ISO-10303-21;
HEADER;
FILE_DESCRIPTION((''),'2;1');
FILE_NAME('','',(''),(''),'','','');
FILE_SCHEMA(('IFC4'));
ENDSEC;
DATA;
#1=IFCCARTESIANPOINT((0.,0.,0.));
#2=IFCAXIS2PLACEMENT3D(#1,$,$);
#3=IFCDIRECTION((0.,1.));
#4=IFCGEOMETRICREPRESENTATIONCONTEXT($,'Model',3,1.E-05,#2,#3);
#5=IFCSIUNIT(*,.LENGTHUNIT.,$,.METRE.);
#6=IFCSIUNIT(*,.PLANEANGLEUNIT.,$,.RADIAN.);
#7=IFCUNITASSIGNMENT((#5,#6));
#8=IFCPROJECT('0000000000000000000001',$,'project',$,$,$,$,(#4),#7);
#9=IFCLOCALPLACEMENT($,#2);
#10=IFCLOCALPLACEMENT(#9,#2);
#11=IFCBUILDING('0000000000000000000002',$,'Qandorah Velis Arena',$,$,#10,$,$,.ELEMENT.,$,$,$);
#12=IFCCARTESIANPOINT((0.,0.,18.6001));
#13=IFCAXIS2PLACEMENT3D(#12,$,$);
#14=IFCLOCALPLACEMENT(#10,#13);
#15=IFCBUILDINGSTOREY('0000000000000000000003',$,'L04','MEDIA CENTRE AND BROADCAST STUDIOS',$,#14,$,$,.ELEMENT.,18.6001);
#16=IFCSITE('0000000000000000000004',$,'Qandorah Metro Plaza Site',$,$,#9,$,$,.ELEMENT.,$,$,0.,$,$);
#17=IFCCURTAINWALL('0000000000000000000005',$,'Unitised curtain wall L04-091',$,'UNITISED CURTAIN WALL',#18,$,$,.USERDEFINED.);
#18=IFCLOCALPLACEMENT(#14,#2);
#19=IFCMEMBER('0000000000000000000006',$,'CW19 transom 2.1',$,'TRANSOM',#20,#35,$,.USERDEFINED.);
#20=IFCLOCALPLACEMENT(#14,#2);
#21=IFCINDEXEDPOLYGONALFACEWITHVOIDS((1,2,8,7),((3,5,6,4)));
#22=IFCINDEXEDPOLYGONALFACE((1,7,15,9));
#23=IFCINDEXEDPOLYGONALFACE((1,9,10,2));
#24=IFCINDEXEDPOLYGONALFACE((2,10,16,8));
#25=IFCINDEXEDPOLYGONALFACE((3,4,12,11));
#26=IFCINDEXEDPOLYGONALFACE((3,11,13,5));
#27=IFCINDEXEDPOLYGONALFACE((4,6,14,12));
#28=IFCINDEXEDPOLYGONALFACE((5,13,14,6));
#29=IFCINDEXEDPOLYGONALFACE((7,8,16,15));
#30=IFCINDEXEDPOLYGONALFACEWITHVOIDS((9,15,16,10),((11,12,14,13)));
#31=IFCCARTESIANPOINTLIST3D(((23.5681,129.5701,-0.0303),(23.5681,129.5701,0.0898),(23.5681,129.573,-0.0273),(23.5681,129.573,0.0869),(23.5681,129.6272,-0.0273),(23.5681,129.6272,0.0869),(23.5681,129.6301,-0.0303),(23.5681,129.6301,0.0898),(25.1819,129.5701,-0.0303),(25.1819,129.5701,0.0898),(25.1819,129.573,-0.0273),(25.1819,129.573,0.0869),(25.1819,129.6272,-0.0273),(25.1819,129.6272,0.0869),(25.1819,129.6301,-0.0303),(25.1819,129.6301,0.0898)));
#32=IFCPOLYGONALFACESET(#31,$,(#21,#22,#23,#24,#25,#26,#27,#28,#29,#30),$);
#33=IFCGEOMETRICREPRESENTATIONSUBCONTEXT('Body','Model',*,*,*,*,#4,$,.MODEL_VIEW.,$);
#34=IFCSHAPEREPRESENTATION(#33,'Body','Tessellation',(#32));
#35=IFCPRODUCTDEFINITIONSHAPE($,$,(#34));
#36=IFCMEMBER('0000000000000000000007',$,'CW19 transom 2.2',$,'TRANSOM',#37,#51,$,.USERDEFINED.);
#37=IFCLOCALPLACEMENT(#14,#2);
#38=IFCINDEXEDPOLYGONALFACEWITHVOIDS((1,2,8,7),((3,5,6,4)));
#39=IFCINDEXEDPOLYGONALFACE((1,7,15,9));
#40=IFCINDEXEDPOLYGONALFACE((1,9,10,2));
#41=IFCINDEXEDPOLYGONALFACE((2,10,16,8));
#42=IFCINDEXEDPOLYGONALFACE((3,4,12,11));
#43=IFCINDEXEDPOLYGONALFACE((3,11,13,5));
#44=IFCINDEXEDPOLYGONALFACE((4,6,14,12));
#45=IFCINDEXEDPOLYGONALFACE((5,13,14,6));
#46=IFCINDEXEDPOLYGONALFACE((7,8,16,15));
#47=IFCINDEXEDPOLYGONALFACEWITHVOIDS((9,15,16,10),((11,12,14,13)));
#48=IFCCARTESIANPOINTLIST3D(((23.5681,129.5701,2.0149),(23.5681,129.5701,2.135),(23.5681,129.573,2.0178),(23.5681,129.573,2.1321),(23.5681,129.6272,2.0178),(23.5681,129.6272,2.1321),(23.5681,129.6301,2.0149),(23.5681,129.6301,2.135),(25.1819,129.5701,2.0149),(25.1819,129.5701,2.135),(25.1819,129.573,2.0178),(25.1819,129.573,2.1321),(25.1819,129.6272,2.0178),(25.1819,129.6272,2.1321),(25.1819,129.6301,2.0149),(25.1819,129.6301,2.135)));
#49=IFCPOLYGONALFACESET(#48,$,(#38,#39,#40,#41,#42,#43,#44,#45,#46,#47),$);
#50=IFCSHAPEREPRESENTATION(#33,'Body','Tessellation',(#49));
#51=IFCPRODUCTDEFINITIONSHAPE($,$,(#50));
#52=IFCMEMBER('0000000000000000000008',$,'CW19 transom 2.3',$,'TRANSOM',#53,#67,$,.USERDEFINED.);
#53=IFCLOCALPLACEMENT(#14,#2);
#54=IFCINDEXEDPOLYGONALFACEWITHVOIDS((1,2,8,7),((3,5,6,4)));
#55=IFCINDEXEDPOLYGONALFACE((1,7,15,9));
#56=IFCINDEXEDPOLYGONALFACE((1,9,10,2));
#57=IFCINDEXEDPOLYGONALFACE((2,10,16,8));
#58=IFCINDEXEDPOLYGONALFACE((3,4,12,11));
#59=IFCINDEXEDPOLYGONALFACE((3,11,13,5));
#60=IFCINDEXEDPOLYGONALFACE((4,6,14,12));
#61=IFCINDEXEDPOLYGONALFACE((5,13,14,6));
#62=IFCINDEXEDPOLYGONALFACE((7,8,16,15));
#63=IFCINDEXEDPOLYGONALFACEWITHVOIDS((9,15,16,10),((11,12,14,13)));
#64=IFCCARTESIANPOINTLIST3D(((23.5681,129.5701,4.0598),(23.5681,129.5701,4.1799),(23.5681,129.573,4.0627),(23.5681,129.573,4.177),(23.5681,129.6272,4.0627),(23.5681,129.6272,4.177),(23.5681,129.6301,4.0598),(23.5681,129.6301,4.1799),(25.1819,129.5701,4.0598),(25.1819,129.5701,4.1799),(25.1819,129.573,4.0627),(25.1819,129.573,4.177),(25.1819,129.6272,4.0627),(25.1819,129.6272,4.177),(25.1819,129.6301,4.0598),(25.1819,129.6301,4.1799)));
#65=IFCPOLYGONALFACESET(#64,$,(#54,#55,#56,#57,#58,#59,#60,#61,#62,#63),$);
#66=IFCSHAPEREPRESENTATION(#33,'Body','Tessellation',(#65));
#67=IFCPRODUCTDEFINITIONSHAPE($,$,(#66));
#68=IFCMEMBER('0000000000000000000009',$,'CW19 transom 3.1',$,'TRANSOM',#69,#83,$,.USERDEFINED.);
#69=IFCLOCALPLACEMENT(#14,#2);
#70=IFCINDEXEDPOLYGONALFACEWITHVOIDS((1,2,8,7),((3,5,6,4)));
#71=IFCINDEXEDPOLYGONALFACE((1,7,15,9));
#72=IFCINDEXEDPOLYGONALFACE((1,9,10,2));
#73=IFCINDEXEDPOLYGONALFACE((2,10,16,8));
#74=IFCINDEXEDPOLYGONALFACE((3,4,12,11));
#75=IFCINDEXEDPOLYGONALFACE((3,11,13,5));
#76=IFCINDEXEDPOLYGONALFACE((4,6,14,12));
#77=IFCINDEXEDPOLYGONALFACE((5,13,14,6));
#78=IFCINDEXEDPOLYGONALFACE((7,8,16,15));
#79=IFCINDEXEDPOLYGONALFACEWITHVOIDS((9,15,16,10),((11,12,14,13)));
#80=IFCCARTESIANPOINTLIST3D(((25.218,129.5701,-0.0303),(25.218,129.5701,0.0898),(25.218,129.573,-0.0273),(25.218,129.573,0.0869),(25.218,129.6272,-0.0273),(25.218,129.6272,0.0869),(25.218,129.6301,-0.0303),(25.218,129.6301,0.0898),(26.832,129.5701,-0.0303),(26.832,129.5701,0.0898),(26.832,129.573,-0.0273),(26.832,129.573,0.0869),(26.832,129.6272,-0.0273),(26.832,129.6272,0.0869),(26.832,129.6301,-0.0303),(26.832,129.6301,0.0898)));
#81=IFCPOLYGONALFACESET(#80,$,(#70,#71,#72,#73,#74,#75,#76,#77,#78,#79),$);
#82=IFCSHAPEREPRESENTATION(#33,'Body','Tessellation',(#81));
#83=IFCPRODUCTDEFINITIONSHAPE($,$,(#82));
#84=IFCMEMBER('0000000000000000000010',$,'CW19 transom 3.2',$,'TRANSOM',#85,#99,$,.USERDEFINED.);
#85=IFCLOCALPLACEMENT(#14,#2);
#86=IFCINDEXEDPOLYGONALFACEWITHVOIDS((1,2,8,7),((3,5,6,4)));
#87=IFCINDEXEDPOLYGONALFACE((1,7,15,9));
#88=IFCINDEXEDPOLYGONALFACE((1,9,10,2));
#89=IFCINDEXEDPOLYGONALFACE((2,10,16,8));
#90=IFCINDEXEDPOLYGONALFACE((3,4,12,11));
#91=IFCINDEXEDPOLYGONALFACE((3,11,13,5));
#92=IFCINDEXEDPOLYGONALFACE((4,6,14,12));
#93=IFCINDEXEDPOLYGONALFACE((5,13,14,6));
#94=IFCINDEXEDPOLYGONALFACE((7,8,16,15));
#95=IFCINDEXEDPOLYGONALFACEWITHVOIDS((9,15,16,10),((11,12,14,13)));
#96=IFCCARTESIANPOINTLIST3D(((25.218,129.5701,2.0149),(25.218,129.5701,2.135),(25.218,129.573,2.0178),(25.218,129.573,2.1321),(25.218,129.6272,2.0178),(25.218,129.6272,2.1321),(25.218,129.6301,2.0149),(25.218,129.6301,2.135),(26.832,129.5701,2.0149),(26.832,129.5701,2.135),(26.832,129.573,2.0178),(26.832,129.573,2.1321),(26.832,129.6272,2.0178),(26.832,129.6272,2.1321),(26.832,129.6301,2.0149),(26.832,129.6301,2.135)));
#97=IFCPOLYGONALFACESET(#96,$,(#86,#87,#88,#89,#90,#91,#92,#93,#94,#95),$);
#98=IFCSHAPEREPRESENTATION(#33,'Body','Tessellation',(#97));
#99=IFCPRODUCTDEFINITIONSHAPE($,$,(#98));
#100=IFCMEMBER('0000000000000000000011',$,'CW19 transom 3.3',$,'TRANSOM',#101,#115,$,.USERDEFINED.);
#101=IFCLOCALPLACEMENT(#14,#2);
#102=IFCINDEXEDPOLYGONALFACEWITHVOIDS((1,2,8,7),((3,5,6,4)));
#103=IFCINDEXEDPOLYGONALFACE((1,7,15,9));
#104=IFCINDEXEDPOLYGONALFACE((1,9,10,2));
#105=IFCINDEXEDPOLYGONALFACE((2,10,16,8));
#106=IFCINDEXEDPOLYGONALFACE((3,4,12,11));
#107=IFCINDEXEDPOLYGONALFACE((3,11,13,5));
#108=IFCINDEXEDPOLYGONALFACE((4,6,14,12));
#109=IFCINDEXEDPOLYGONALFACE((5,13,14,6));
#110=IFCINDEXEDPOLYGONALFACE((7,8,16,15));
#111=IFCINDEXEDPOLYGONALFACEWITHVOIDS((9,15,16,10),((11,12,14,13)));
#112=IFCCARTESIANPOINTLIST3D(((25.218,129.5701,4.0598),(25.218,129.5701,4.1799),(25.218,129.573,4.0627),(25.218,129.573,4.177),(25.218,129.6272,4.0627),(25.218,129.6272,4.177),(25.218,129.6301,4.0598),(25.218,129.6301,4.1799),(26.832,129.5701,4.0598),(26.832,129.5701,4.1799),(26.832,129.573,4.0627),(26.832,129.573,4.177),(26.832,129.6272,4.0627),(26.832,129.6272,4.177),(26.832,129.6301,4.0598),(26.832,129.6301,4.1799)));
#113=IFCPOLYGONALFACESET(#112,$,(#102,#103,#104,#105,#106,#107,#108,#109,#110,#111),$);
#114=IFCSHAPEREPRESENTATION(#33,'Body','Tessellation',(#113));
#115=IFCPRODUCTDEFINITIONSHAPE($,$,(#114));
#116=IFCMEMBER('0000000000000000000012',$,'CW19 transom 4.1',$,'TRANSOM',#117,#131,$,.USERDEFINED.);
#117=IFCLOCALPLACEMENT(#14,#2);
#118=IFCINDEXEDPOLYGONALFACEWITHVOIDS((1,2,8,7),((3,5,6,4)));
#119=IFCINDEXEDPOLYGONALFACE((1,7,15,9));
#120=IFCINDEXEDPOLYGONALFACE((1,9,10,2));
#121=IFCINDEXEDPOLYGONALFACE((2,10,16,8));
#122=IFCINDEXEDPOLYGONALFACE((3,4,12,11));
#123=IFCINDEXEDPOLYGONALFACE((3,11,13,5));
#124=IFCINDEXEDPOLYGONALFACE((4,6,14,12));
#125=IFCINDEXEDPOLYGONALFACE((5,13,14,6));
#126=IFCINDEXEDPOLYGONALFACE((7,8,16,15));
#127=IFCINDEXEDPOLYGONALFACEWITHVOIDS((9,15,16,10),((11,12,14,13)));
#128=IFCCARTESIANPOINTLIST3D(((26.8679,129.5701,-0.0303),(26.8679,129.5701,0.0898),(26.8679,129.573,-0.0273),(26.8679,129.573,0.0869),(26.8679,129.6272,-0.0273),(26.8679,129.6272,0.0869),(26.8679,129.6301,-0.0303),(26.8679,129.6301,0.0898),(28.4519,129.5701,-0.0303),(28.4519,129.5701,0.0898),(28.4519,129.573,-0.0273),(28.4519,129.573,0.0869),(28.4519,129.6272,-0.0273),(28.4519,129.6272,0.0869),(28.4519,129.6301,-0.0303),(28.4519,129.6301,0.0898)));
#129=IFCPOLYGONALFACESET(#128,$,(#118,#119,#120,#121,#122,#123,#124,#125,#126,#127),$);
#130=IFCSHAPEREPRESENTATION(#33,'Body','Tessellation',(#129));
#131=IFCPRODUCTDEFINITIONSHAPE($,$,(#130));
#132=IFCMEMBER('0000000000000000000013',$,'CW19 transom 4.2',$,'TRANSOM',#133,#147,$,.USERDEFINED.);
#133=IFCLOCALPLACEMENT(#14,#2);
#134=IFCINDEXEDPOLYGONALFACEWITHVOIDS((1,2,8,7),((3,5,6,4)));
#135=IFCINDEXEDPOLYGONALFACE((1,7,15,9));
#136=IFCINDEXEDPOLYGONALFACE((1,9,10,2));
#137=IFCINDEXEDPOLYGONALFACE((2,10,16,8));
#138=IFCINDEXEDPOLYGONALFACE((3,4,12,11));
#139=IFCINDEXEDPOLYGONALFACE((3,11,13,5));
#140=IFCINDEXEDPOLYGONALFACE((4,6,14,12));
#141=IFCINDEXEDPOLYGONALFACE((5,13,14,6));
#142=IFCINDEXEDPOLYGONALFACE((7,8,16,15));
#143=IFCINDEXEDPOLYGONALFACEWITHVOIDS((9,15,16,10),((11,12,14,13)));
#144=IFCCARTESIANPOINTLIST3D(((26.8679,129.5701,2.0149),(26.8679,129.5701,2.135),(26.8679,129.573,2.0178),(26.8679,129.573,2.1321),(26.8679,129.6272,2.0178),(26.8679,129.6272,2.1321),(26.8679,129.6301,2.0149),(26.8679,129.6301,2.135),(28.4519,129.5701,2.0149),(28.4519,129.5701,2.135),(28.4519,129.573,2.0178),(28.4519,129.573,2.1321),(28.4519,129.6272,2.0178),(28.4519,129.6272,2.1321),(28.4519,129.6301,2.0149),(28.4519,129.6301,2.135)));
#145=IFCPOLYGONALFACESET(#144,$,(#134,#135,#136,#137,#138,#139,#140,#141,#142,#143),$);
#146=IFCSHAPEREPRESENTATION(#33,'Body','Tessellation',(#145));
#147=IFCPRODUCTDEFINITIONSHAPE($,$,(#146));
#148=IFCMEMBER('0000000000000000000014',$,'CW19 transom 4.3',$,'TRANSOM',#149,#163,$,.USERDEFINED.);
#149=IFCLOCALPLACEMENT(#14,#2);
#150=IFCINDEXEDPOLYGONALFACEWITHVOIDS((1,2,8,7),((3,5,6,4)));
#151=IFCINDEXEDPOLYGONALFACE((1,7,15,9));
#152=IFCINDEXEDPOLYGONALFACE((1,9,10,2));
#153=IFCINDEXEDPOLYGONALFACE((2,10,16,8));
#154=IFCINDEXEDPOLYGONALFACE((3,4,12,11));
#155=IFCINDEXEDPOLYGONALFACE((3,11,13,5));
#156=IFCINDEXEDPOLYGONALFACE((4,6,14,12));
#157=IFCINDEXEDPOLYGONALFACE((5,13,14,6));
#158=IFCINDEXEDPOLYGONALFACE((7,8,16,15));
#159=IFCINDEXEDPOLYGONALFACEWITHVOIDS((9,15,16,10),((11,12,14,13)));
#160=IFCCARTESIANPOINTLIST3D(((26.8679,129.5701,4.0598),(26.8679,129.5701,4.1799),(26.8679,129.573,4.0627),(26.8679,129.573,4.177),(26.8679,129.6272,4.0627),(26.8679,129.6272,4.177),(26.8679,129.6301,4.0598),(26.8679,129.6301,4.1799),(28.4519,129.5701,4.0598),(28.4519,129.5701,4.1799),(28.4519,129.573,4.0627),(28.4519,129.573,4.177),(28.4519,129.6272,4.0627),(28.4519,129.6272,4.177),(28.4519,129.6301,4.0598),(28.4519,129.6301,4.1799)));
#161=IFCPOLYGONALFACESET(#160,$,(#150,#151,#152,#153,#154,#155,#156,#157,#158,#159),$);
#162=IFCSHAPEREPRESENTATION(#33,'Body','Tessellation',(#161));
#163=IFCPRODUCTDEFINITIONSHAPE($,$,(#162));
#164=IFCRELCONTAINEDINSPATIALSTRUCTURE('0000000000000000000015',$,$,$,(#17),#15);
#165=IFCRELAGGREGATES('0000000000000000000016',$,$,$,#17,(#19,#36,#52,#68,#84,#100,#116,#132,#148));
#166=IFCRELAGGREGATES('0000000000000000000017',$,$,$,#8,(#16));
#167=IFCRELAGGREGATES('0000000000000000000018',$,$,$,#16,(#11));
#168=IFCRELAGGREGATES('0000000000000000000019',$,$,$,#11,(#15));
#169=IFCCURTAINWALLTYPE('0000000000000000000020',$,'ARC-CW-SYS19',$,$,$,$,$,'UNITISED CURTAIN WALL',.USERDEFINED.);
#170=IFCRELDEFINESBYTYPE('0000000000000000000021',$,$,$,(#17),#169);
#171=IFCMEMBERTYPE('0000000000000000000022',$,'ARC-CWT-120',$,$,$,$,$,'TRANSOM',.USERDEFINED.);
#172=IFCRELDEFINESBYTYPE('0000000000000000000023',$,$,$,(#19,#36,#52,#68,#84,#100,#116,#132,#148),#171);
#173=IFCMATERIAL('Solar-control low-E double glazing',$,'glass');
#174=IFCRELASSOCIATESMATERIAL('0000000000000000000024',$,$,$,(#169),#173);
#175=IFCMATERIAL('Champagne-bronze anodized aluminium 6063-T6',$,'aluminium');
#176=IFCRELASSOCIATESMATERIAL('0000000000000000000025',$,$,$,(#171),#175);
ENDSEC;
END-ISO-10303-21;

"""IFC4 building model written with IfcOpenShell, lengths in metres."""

from ifc_helpers import new_model, si_unit, direction, frame, origin, origin_2d, place, context, subcontext, project, spatial, hollow_rectangle, extrude, material, material_profile, profile_set, type_object, element, aggregate, save


model = new_model("IFC4")

# Units and contexts
model_context = context("Model", 3, precision=1e-05, world=origin(), true_north=direction((0.0, 1.0)))
body_context = subcontext(model_context, "Body", "Model", "MODEL_VIEW")
ifc_project = project(units=[si_unit("LENGTHUNIT", "METRE"), si_unit("PLANEANGLEUNIT", "RADIAN")], contexts=[model_context])

# Site, building, storey
site_placement = place(None, origin())
site = spatial("IfcSite", under=ifc_project, at=site_placement, Name="Qandorah Metro Plaza Site", CompositionType="ELEMENT", RefElevation=0.0)
building_placement = place(site_placement, origin())
building = spatial("IfcBuilding", under=site, at=building_placement, Name="Qandorah Velis Arena", CompositionType="ELEMENT")
storey_placement = place(building_placement, frame((0.0, 0.0, 18.6001)))
storey = spatial("IfcBuildingStorey", under=building, at=storey_placement, Name="L04", Description="MEDIA CENTRE AND BROADCAST STUDIOS", CompositionType="ELEMENT", Elevation=18.6001)

# Curtain wall, members
ifc_material_1 = material(Name="Solar-control low-E double glazing", Category="glass")
curtain_wall_type = type_object("IfcCurtainWallType", Name="ARC-CW-SYS19", ElementType="UNITISED CURTAIN WALL", PredefinedType="USERDEFINED", material=ifc_material_1)
curtain_wall_placement = place(storey_placement, origin())
curtain_wall = element("IfcCurtainWall", 1, at=curtain_wall_placement, inside=storey, type_object=curtain_wall_type, Name="Unitised curtain wall L04-091", ObjectType="UNITISED CURTAIN WALL", PredefinedType="USERDEFINED")
ifc_material_2 = material(Name="Champagne-bronze anodized aluminium 6063-T6", Category="aluminium")
ifc_material_profile_1 = material_profile(ifc_material_2, hollow_rectangle(XDim=0.0601, YDim=0.1201, WallThickness=0.0029, at=origin_2d()), Name="ALU TRANSOM 60x120")
ifc_profile_set_1 = profile_set([ifc_material_profile_1], Name="Champagne-bronze anodized aluminium 6063-T6")
member_type_1 = type_object("IfcMemberType", Name="ARC-CWT-120", ElementType="TRANSOM", PredefinedType="USERDEFINED", material=ifc_profile_set_1)
member_1_placement = place(storey_placement, frame((23.5681, 129.6001, 0.0298), z_axis=(1.0, 0.0, 0.0), x_axis=(0.0, 1.0, 0.0)))
member_1 = element("IfcMember", 2, at=member_1_placement, type_object=member_type_1, Name="CW19 transom 2.1", ObjectType="TRANSOM", PredefinedType="USERDEFINED", context=body_context, shape_type="SweptSolid", body=[
    extrude(hollow_rectangle(XDim=0.0601, YDim=0.1201, WallThickness=0.0029, at=origin_2d()), origin(), (0.0, 0.0, 1.0), 1.6138),
])
member_2_placement = place(storey_placement, frame((23.5681, 129.6001, 2.075), z_axis=(1.0, 0.0, 0.0), x_axis=(0.0, 1.0, 0.0)))
member_2 = element("IfcMember", 3, at=member_2_placement, type_object=member_type_1, Name="CW19 transom 2.2", ObjectType="TRANSOM", PredefinedType="USERDEFINED", context=body_context, shape_type="SweptSolid", body=[
    extrude(hollow_rectangle(XDim=0.0601, YDim=0.1201, WallThickness=0.0029, at=origin_2d()), origin(), (0.0, 0.0, 1.0), 1.6138),
])
member_3_placement = place(storey_placement, frame((23.5681, 129.6001, 4.1199), z_axis=(1.0, 0.0, 0.0), x_axis=(0.0, 1.0, 0.0)))
member_3 = element("IfcMember", 4, at=member_3_placement, type_object=member_type_1, Name="CW19 transom 2.3", ObjectType="TRANSOM", PredefinedType="USERDEFINED", context=body_context, shape_type="SweptSolid", body=[
    extrude(hollow_rectangle(XDim=0.0601, YDim=0.1201, WallThickness=0.0029, at=origin_2d()), origin(), (0.0, 0.0, 1.0), 1.6138),
])
member_4_placement = place(storey_placement, frame((25.218, 129.6001, 0.0298), z_axis=(1.0, 0.0, 0.0), x_axis=(0.0, 1.0, 0.0)))
member_4 = element("IfcMember", 5, at=member_4_placement, type_object=member_type_1, Name="CW19 transom 3.1", ObjectType="TRANSOM", PredefinedType="USERDEFINED", context=body_context, shape_type="SweptSolid", body=[
    extrude(hollow_rectangle(XDim=0.0601, YDim=0.1201, WallThickness=0.0029, at=origin_2d()), origin(), (0.0, 0.0, 1.0), 1.614),
])
member_5_placement = place(storey_placement, frame((25.218, 129.6001, 2.075), z_axis=(1.0, 0.0, 0.0), x_axis=(0.0, 1.0, 0.0)))
member_5 = element("IfcMember", 6, at=member_5_placement, type_object=member_type_1, Name="CW19 transom 3.2", ObjectType="TRANSOM", PredefinedType="USERDEFINED", context=body_context, shape_type="SweptSolid", body=[
    extrude(hollow_rectangle(XDim=0.0601, YDim=0.1201, WallThickness=0.0029, at=origin_2d()), origin(), (0.0, 0.0, 1.0), 1.614),
])
member_6_placement = place(storey_placement, frame((25.218, 129.6001, 4.1199), z_axis=(1.0, 0.0, 0.0), x_axis=(0.0, 1.0, 0.0)))
member_6 = element("IfcMember", 7, at=member_6_placement, type_object=member_type_1, Name="CW19 transom 3.3", ObjectType="TRANSOM", PredefinedType="USERDEFINED", context=body_context, shape_type="SweptSolid", body=[
    extrude(hollow_rectangle(XDim=0.0601, YDim=0.1201, WallThickness=0.0029, at=origin_2d()), origin(), (0.0, 0.0, 1.0), 1.614),
])
member_7_placement = place(storey_placement, frame((26.8679, 129.6001, 0.0298), z_axis=(1.0, 0.0, 0.0), x_axis=(0.0, 1.0, 0.0)))
member_7 = element("IfcMember", 8, at=member_7_placement, type_object=member_type_1, Name="CW19 transom 4.1", ObjectType="TRANSOM", PredefinedType="USERDEFINED", context=body_context, shape_type="SweptSolid", body=[
    extrude(hollow_rectangle(XDim=0.0601, YDim=0.1201, WallThickness=0.0029, at=origin_2d()), origin(), (0.0, 0.0, 1.0), 1.584),
])
member_8_placement = place(storey_placement, frame((26.8679, 129.6001, 2.075), z_axis=(1.0, 0.0, 0.0), x_axis=(0.0, 1.0, 0.0)))
member_8 = element("IfcMember", 9, at=member_8_placement, type_object=member_type_1, Name="CW19 transom 4.2", ObjectType="TRANSOM", PredefinedType="USERDEFINED", context=body_context, shape_type="SweptSolid", body=[
    extrude(hollow_rectangle(XDim=0.0601, YDim=0.1201, WallThickness=0.0029, at=origin_2d()), origin(), (0.0, 0.0, 1.0), 1.584),
])
member_9_placement = place(storey_placement, frame((26.8679, 129.6001, 4.1199), z_axis=(1.0, 0.0, 0.0), x_axis=(0.0, 1.0, 0.0)))
member_9 = element("IfcMember", 10, at=member_9_placement, type_object=member_type_1, Name="CW19 transom 4.3", ObjectType="TRANSOM", PredefinedType="USERDEFINED", context=body_context, shape_type="SweptSolid", body=[
    extrude(hollow_rectangle(XDim=0.0601, YDim=0.1201, WallThickness=0.0029, at=origin_2d()), origin(), (0.0, 0.0, 1.0), 1.584),
])

aggregate(curtain_wall, [member_1, member_2, member_3, member_4, member_5, member_6, member_7, member_8, member_9])

save(model, "model.ifc")
